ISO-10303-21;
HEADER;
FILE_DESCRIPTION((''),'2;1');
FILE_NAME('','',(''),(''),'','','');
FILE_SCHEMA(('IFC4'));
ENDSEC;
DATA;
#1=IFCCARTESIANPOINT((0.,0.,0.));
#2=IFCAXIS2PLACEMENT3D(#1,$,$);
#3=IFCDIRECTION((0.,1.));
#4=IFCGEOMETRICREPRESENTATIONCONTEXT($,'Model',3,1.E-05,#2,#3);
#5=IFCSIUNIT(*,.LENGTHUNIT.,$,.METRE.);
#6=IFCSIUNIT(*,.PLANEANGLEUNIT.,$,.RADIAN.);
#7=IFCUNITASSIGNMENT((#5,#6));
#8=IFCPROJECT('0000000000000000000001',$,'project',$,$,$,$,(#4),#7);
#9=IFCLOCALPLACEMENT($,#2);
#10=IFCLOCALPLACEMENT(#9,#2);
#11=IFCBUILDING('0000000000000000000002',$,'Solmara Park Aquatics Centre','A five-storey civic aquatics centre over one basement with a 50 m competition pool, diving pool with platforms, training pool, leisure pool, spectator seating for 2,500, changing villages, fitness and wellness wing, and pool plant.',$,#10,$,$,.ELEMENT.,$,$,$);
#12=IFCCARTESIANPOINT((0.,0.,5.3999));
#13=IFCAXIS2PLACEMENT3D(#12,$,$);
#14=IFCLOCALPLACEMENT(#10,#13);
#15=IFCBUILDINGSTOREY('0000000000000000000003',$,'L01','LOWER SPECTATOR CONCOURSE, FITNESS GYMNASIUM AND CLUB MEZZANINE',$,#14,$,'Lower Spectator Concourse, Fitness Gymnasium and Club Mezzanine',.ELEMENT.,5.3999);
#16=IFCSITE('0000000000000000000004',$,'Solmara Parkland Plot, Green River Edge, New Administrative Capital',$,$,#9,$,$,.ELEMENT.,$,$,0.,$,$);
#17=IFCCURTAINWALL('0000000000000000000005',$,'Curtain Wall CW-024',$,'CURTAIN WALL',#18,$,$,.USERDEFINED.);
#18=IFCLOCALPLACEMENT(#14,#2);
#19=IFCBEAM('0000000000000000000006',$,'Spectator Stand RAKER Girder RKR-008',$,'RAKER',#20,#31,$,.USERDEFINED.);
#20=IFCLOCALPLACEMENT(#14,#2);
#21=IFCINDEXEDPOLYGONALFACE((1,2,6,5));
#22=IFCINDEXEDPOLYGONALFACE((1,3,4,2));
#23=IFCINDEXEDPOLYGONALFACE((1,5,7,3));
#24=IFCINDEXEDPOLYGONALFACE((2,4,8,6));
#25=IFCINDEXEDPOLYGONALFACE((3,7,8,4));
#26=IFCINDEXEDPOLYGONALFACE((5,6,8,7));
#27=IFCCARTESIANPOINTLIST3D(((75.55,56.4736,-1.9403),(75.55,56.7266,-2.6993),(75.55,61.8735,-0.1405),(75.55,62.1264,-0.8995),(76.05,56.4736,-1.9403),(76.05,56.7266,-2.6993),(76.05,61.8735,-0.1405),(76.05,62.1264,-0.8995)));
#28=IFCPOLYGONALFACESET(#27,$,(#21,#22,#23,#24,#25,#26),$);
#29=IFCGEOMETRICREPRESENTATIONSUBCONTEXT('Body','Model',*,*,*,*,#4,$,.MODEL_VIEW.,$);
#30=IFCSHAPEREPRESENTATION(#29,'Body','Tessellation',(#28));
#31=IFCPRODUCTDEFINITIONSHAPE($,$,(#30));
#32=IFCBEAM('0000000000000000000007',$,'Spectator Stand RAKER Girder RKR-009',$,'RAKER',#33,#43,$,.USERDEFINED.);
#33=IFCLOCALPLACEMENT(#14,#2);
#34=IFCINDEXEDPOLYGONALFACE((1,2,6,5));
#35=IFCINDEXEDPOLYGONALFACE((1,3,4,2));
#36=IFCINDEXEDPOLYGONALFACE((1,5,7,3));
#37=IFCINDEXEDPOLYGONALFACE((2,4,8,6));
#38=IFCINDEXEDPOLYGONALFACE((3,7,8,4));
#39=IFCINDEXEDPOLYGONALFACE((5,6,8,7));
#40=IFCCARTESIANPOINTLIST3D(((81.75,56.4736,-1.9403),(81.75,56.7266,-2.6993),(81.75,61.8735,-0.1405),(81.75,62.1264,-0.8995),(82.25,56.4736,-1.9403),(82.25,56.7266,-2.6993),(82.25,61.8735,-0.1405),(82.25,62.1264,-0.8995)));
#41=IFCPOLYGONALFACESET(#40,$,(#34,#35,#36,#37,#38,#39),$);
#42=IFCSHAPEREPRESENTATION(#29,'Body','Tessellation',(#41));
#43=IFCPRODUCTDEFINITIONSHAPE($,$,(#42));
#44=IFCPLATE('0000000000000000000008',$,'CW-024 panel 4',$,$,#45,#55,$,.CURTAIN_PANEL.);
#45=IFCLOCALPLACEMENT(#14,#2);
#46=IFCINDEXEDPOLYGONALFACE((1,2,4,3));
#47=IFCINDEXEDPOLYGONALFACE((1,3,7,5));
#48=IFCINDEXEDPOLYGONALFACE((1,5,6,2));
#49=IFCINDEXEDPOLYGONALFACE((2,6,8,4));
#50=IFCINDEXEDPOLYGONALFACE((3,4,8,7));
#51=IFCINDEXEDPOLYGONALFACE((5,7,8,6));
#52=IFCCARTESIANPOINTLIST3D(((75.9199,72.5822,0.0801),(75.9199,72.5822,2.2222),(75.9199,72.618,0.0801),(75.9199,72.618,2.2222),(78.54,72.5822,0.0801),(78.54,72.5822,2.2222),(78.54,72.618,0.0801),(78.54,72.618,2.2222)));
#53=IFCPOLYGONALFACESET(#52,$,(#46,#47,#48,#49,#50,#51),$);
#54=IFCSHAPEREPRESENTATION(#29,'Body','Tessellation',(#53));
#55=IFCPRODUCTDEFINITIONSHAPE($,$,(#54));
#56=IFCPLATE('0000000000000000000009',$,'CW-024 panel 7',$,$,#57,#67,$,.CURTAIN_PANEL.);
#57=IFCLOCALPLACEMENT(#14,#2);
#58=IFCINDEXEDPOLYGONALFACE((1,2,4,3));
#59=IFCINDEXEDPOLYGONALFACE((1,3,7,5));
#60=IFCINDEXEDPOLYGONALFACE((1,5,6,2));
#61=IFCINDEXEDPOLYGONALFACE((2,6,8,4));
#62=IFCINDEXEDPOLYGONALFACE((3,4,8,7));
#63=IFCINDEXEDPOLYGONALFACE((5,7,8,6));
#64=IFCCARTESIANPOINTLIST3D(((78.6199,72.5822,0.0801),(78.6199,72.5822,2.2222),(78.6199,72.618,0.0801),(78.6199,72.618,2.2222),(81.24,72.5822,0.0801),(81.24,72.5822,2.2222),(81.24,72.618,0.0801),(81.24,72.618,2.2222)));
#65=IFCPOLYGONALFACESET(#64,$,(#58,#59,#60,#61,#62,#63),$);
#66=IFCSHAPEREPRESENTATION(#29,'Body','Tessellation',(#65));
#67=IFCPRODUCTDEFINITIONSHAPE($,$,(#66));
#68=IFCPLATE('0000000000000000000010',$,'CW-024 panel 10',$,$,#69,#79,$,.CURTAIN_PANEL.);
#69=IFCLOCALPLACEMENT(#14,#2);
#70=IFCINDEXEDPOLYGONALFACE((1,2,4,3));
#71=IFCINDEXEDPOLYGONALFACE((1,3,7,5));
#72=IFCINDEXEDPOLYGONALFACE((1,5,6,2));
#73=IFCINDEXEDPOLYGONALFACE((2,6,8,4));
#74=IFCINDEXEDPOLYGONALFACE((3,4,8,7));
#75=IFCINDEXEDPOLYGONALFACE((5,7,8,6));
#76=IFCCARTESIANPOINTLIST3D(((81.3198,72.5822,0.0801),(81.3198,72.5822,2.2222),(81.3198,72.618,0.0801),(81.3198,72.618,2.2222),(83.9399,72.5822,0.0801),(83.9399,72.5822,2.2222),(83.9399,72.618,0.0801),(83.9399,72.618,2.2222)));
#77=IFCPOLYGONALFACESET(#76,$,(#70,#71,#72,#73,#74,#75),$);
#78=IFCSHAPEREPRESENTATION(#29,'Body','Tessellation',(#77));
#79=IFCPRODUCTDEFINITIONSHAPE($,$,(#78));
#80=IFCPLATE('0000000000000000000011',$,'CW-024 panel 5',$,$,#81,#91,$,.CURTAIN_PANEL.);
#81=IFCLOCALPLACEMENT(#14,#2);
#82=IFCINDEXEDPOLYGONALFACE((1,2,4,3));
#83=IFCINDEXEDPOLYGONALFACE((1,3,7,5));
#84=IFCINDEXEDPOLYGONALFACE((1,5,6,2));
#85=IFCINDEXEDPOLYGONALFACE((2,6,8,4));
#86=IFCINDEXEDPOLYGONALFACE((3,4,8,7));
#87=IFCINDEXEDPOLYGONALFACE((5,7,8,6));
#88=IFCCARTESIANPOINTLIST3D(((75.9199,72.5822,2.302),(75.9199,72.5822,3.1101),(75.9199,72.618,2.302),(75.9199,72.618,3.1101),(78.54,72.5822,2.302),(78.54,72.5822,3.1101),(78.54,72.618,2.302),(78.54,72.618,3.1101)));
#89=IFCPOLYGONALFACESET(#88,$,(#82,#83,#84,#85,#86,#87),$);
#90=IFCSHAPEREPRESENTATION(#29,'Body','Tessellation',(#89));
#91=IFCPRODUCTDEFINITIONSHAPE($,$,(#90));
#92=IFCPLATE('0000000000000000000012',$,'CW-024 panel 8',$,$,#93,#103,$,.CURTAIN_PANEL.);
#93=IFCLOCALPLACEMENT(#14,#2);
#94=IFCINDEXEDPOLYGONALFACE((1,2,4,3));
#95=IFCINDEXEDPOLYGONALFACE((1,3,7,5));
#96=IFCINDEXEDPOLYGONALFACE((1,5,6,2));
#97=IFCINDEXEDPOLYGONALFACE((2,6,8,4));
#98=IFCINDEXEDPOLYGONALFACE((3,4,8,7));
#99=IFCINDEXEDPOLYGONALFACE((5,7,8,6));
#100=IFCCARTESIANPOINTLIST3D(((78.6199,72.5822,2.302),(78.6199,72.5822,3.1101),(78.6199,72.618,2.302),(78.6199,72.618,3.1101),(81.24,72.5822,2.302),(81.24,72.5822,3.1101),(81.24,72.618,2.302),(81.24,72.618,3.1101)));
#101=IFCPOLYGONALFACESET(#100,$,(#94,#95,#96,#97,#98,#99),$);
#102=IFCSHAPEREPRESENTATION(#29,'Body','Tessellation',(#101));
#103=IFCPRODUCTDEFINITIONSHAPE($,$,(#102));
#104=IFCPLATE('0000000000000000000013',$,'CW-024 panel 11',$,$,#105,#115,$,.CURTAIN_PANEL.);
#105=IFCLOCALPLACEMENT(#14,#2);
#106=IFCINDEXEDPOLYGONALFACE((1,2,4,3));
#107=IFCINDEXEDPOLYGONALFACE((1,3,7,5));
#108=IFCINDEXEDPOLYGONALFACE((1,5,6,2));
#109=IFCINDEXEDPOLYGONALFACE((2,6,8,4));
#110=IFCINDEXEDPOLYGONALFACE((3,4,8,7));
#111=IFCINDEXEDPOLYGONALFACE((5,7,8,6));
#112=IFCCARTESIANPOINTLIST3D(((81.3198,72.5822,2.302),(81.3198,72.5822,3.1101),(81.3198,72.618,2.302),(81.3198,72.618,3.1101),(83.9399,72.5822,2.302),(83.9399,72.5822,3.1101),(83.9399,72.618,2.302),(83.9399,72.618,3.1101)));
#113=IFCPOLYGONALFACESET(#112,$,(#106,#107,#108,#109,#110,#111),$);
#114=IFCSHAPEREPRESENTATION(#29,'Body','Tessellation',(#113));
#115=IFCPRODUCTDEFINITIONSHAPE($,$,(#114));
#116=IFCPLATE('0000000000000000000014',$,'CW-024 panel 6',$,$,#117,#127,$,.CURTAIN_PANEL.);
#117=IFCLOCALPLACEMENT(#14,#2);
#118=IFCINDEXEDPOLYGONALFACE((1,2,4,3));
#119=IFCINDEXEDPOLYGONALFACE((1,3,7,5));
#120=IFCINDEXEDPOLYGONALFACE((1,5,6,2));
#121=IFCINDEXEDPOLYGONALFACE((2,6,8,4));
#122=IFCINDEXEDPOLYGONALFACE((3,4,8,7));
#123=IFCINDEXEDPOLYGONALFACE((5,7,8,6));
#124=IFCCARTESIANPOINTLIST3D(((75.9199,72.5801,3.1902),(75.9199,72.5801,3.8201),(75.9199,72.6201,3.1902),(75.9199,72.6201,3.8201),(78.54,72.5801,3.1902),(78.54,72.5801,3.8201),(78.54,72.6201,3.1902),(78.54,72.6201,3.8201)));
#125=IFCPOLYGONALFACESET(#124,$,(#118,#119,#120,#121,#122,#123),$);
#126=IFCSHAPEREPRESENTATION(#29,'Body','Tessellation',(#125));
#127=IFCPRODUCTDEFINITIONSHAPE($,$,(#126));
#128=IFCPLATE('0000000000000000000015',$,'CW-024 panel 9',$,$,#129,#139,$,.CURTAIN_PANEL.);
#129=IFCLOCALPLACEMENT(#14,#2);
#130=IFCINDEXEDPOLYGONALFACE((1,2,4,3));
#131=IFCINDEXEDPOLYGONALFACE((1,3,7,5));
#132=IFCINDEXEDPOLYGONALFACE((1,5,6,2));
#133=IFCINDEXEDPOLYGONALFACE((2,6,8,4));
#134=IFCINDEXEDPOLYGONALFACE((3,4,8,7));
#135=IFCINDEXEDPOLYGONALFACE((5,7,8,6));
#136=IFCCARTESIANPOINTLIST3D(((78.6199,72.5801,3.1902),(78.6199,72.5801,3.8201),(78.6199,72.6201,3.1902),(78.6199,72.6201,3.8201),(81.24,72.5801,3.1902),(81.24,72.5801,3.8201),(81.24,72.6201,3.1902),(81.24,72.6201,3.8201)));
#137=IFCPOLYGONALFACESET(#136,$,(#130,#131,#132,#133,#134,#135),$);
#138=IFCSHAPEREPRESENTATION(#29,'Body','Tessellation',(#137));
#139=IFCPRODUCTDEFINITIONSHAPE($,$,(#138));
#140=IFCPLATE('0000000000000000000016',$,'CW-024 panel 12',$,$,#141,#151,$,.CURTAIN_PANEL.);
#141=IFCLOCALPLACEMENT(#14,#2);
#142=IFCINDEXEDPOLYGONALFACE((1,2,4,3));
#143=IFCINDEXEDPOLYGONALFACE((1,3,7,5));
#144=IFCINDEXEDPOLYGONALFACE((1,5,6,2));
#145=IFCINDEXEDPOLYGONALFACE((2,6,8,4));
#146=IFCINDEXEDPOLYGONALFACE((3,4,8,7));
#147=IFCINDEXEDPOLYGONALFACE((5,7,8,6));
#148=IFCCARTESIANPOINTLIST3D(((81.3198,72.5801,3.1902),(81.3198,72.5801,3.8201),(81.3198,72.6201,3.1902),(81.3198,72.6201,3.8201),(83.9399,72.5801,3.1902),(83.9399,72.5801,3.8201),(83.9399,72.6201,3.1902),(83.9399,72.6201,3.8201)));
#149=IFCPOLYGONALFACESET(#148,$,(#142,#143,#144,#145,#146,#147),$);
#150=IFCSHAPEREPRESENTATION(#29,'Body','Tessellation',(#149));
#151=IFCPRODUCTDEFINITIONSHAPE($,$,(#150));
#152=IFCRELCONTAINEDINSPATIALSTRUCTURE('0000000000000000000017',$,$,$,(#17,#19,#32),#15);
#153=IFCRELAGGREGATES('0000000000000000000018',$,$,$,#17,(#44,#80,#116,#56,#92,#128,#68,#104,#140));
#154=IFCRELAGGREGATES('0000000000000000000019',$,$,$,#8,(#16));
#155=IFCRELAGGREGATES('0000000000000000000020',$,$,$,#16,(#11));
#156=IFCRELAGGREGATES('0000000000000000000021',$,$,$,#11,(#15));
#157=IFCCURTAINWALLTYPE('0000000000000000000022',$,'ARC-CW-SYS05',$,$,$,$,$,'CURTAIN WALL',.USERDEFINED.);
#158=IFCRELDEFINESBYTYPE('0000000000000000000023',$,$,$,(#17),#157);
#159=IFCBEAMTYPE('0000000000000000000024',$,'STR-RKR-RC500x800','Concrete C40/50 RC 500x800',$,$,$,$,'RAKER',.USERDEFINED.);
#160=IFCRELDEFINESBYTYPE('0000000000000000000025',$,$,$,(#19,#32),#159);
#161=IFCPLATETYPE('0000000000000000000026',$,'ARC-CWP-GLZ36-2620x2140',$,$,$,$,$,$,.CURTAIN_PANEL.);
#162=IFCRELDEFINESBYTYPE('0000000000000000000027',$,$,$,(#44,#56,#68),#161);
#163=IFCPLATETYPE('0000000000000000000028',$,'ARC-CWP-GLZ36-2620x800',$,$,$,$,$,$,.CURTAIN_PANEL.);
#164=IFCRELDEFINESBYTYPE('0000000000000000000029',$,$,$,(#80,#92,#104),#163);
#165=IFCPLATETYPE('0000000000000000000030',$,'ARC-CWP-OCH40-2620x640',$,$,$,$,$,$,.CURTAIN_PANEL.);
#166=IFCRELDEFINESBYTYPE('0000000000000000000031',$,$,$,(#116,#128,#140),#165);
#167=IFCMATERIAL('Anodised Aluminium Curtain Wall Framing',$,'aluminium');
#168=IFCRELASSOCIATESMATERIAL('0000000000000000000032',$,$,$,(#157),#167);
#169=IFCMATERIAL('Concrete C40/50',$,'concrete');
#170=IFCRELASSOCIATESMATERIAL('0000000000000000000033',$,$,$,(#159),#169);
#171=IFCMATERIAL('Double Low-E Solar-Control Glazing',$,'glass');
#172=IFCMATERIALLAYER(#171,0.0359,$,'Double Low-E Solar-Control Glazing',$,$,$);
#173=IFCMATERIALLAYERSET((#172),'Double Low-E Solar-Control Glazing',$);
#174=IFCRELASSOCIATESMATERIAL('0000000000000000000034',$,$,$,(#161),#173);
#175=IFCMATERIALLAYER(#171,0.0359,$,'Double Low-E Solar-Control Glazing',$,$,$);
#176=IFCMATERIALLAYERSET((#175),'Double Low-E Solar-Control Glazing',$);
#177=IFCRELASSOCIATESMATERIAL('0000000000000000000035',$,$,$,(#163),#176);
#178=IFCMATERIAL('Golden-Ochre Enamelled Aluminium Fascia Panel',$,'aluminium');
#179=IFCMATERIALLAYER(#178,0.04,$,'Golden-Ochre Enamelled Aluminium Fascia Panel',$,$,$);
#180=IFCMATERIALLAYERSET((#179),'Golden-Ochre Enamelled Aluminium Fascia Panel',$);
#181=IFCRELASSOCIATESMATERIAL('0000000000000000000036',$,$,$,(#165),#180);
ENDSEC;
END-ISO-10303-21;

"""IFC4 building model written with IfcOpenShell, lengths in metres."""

from ifc_helpers import new_model, si_unit, direction, frame, origin, origin_2d, place, context, subcontext, project, spatial, rectangle, extrude, material, layer, layer_set, material_profile, profile_set, type_object, element, aggregate, save


model = new_model("IFC4")

# Units and contexts
model_context = context("Model", 3, precision=1e-05, world=origin(), true_north=direction((0.0, 1.0)))
body_context = subcontext(model_context, "Body", "Model", "MODEL_VIEW")
ifc_project = project(units=[si_unit("LENGTHUNIT", "METRE"), si_unit("PLANEANGLEUNIT", "RADIAN")], contexts=[model_context])

# Site, building, storey
site_placement = place(None, origin())
site = spatial("IfcSite", under=ifc_project, at=site_placement, Name="Solmara Parkland Plot, Green River Edge, New Administrative Capital", CompositionType="ELEMENT", RefElevation=0.0)
building_placement = place(site_placement, origin())
building = spatial("IfcBuilding", under=site, at=building_placement, Name="Solmara Park Aquatics Centre", Description="A five-storey civic aquatics centre over one basement with a 50 m competition pool, diving pool with platforms, training pool, leisure pool, spectator seating for 2,500, changing villages, fitness and wellness wing, and pool plant.", CompositionType="ELEMENT")
storey_placement = place(building_placement, frame((0.0, 0.0, 5.3999)))
storey = spatial("IfcBuildingStorey", under=building, at=storey_placement, Name="L01", Description="LOWER SPECTATOR CONCOURSE, FITNESS GYMNASIUM AND CLUB MEZZANINE", LongName="Lower Spectator Concourse, Fitness Gymnasium and Club Mezzanine", CompositionType="ELEMENT", Elevation=5.3999)

# Curtain wall
ifc_material_1 = material(Name="Anodised Aluminium Curtain Wall Framing", Category="aluminium")
curtain_wall_type = type_object("IfcCurtainWallType", Name="ARC-CW-SYS05", ElementType="CURTAIN WALL", PredefinedType="USERDEFINED", material=ifc_material_1)
curtain_wall_placement = place(storey_placement, origin())
curtain_wall = element("IfcCurtainWall", 1, at=curtain_wall_placement, inside=storey, type_object=curtain_wall_type, Name="Curtain Wall CW-024", ObjectType="CURTAIN WALL", PredefinedType="USERDEFINED")

# Beams
ifc_material_2 = material(Name="Concrete C40/50", Category="concrete")
ifc_material_profile_1 = material_profile(ifc_material_2, rectangle(XDim=0.5, YDim=0.8, at=origin_2d()), Name="RC 500x800")
ifc_profile_set_1 = profile_set([ifc_material_profile_1], Name="Concrete C40/50")
beam_type_1 = type_object("IfcBeamType", Name="STR-RKR-RC500x800", Description="Concrete C40/50 RC 500x800", ElementType="RAKER", PredefinedType="USERDEFINED", material=ifc_profile_set_1)
for number, where, z_axis, x_axis, name in (
    (2, (75.8, 56.6001, -2.3198), (0.0, 0.948692, 0.316202), (-1.0, 0.0, 0.0), "Spectator Stand RAKER Girder RKR-008"),
    (3, (82.0, 56.6001, -2.3198), (0.0, 0.948692, 0.316202), (-1.0, 0.0, 0.0), "Spectator Stand RAKER Girder RKR-009"),
):
    element("IfcBeam", number, at=place(storey_placement, frame(where, z_axis=z_axis, x_axis=x_axis)), inside=storey, type_object=beam_type_1, Name=name, ObjectType="RAKER", PredefinedType="USERDEFINED", context=body_context, shape_type="SweptSolid", body=[
        extrude(rectangle(XDim=0.5, YDim=0.8, at=origin_2d()), origin(), (0.0, 0.0, 1.0), 5.6919),
    ])

# Plates
ifc_material_3 = material(Name="Double Low-E Solar-Control Glazing", Category="glass")
ifc_layer_1 = layer(ifc_material_3, 0.0359, Name="Double Low-E Solar-Control Glazing")
ifc_layer_set_1 = layer_set([ifc_layer_1], Name="Double Low-E Solar-Control Glazing")
plate_type_1 = type_object("IfcPlateType", Name="ARC-CWP-GLZ36-2620x2140", PredefinedType="CURTAIN_PANEL", material=ifc_layer_set_1)
plate_1_placement = place(storey_placement, frame((77.23, 72.6001, 0.0801), z_axis=(0.0, 0.0, 1.0), x_axis=(1.0, 0.0, 0.0)))
plate_1 = element("IfcPlate", 4, at=plate_1_placement, type_object=plate_type_1, Name="CW-024 panel 4", PredefinedType="CURTAIN_PANEL", context=body_context, shape_type="SweptSolid", body=[
    extrude(rectangle(XDim=2.6201, YDim=0.0359, at=origin_2d()), origin(), (0.0, 0.0, 1.0), 2.1421),
])
plate_2_placement = place(storey_placement, frame((79.9299, 72.6001, 0.0801), z_axis=(0.0, 0.0, 1.0), x_axis=(1.0, 0.0, 0.0)))
plate_2 = element("IfcPlate", 5, at=plate_2_placement, type_object=plate_type_1, Name="CW-024 panel 7", PredefinedType="CURTAIN_PANEL", context=body_context, shape_type="SweptSolid", body=[
    extrude(rectangle(XDim=2.6201, YDim=0.0359, at=origin_2d()), origin(), (0.0, 0.0, 1.0), 2.1421),
])
plate_3_placement = place(storey_placement, frame((82.6299, 72.6001, 0.0801), z_axis=(0.0, 0.0, 1.0), x_axis=(1.0, 0.0, 0.0)))
plate_3 = element("IfcPlate", 6, at=plate_3_placement, type_object=plate_type_1, Name="CW-024 panel 10", PredefinedType="CURTAIN_PANEL", context=body_context, shape_type="SweptSolid", body=[
    extrude(rectangle(XDim=2.6201, YDim=0.0359, at=origin_2d()), origin(), (0.0, 0.0, 1.0), 2.1421),
])
ifc_layer_2 = layer(ifc_material_3, 0.0359, Name="Double Low-E Solar-Control Glazing")
ifc_layer_set_2 = layer_set([ifc_layer_2], Name="Double Low-E Solar-Control Glazing")
plate_type_2 = type_object("IfcPlateType", Name="ARC-CWP-GLZ36-2620x800", PredefinedType="CURTAIN_PANEL", material=ifc_layer_set_2)
plate_4_placement = place(storey_placement, frame((77.23, 72.6001, 2.302), z_axis=(0.0, 0.0, 1.0), x_axis=(1.0, 0.0, 0.0)))
plate_4 = element("IfcPlate", 7, at=plate_4_placement, type_object=plate_type_2, Name="CW-024 panel 5", PredefinedType="CURTAIN_PANEL", context=body_context, shape_type="SweptSolid", body=[
    extrude(rectangle(XDim=2.6201, YDim=0.0359, at=origin_2d()), origin(), (0.0, 0.0, 1.0), 0.8081),
])
plate_5_placement = place(storey_placement, frame((79.9299, 72.6001, 2.302), z_axis=(0.0, 0.0, 1.0), x_axis=(1.0, 0.0, 0.0)))
plate_5 = element("IfcPlate", 8, at=plate_5_placement, type_object=plate_type_2, Name="CW-024 panel 8", PredefinedType="CURTAIN_PANEL", context=body_context, shape_type="SweptSolid", body=[
    extrude(rectangle(XDim=2.6201, YDim=0.0359, at=origin_2d()), origin(), (0.0, 0.0, 1.0), 0.8081),
])
plate_6_placement = place(storey_placement, frame((82.6299, 72.6001, 2.302), z_axis=(0.0, 0.0, 1.0), x_axis=(1.0, 0.0, 0.0)))
plate_6 = element("IfcPlate", 9, at=plate_6_placement, type_object=plate_type_2, Name="CW-024 panel 11", PredefinedType="CURTAIN_PANEL", context=body_context, shape_type="SweptSolid", body=[
    extrude(rectangle(XDim=2.6201, YDim=0.0359, at=origin_2d()), origin(), (0.0, 0.0, 1.0), 0.8081),
])
ifc_material_4 = material(Name="Golden-Ochre Enamelled Aluminium Fascia Panel", Category="aluminium")
ifc_layer_3 = layer(ifc_material_4, 0.04, Name="Golden-Ochre Enamelled Aluminium Fascia Panel")
ifc_layer_set_3 = layer_set([ifc_layer_3], Name="Golden-Ochre Enamelled Aluminium Fascia Panel")
plate_type_3 = type_object("IfcPlateType", Name="ARC-CWP-OCH40-2620x640", PredefinedType="CURTAIN_PANEL", material=ifc_layer_set_3)
plate_7_placement = place(storey_placement, frame((77.23, 72.6001, 3.1902), z_axis=(0.0, 0.0, 1.0), x_axis=(1.0, 0.0, 0.0)))
plate_7 = element("IfcPlate", 10, at=plate_7_placement, type_object=plate_type_3, Name="CW-024 panel 6", PredefinedType="CURTAIN_PANEL", context=body_context, shape_type="SweptSolid", body=[
    extrude(rectangle(XDim=2.6201, YDim=0.04, at=origin_2d()), origin(), (0.0, 0.0, 1.0), 0.6299),
])
plate_8_placement = place(storey_placement, frame((79.9299, 72.6001, 3.1902), z_axis=(0.0, 0.0, 1.0), x_axis=(1.0, 0.0, 0.0)))
plate_8 = element("IfcPlate", 11, at=plate_8_placement, type_object=plate_type_3, Name="CW-024 panel 9", PredefinedType="CURTAIN_PANEL", context=body_context, shape_type="SweptSolid", body=[
    extrude(rectangle(XDim=2.6201, YDim=0.04, at=origin_2d()), origin(), (0.0, 0.0, 1.0), 0.6299),
])
plate_9_placement = place(storey_placement, frame((82.6299, 72.6001, 3.1902), z_axis=(0.0, 0.0, 1.0), x_axis=(1.0, 0.0, 0.0)))
plate_9 = element("IfcPlate", 12, at=plate_9_placement, type_object=plate_type_3, Name="CW-024 panel 12", PredefinedType="CURTAIN_PANEL", context=body_context, shape_type="SweptSolid", body=[
    extrude(rectangle(XDim=2.6201, YDim=0.04, at=origin_2d()), origin(), (0.0, 0.0, 1.0), 0.6299),
])
aggregate(curtain_wall, [plate_1, plate_4, plate_7, plate_2, plate_5, plate_8, plate_3, plate_6, plate_9])

save(model, "model.ifc")
